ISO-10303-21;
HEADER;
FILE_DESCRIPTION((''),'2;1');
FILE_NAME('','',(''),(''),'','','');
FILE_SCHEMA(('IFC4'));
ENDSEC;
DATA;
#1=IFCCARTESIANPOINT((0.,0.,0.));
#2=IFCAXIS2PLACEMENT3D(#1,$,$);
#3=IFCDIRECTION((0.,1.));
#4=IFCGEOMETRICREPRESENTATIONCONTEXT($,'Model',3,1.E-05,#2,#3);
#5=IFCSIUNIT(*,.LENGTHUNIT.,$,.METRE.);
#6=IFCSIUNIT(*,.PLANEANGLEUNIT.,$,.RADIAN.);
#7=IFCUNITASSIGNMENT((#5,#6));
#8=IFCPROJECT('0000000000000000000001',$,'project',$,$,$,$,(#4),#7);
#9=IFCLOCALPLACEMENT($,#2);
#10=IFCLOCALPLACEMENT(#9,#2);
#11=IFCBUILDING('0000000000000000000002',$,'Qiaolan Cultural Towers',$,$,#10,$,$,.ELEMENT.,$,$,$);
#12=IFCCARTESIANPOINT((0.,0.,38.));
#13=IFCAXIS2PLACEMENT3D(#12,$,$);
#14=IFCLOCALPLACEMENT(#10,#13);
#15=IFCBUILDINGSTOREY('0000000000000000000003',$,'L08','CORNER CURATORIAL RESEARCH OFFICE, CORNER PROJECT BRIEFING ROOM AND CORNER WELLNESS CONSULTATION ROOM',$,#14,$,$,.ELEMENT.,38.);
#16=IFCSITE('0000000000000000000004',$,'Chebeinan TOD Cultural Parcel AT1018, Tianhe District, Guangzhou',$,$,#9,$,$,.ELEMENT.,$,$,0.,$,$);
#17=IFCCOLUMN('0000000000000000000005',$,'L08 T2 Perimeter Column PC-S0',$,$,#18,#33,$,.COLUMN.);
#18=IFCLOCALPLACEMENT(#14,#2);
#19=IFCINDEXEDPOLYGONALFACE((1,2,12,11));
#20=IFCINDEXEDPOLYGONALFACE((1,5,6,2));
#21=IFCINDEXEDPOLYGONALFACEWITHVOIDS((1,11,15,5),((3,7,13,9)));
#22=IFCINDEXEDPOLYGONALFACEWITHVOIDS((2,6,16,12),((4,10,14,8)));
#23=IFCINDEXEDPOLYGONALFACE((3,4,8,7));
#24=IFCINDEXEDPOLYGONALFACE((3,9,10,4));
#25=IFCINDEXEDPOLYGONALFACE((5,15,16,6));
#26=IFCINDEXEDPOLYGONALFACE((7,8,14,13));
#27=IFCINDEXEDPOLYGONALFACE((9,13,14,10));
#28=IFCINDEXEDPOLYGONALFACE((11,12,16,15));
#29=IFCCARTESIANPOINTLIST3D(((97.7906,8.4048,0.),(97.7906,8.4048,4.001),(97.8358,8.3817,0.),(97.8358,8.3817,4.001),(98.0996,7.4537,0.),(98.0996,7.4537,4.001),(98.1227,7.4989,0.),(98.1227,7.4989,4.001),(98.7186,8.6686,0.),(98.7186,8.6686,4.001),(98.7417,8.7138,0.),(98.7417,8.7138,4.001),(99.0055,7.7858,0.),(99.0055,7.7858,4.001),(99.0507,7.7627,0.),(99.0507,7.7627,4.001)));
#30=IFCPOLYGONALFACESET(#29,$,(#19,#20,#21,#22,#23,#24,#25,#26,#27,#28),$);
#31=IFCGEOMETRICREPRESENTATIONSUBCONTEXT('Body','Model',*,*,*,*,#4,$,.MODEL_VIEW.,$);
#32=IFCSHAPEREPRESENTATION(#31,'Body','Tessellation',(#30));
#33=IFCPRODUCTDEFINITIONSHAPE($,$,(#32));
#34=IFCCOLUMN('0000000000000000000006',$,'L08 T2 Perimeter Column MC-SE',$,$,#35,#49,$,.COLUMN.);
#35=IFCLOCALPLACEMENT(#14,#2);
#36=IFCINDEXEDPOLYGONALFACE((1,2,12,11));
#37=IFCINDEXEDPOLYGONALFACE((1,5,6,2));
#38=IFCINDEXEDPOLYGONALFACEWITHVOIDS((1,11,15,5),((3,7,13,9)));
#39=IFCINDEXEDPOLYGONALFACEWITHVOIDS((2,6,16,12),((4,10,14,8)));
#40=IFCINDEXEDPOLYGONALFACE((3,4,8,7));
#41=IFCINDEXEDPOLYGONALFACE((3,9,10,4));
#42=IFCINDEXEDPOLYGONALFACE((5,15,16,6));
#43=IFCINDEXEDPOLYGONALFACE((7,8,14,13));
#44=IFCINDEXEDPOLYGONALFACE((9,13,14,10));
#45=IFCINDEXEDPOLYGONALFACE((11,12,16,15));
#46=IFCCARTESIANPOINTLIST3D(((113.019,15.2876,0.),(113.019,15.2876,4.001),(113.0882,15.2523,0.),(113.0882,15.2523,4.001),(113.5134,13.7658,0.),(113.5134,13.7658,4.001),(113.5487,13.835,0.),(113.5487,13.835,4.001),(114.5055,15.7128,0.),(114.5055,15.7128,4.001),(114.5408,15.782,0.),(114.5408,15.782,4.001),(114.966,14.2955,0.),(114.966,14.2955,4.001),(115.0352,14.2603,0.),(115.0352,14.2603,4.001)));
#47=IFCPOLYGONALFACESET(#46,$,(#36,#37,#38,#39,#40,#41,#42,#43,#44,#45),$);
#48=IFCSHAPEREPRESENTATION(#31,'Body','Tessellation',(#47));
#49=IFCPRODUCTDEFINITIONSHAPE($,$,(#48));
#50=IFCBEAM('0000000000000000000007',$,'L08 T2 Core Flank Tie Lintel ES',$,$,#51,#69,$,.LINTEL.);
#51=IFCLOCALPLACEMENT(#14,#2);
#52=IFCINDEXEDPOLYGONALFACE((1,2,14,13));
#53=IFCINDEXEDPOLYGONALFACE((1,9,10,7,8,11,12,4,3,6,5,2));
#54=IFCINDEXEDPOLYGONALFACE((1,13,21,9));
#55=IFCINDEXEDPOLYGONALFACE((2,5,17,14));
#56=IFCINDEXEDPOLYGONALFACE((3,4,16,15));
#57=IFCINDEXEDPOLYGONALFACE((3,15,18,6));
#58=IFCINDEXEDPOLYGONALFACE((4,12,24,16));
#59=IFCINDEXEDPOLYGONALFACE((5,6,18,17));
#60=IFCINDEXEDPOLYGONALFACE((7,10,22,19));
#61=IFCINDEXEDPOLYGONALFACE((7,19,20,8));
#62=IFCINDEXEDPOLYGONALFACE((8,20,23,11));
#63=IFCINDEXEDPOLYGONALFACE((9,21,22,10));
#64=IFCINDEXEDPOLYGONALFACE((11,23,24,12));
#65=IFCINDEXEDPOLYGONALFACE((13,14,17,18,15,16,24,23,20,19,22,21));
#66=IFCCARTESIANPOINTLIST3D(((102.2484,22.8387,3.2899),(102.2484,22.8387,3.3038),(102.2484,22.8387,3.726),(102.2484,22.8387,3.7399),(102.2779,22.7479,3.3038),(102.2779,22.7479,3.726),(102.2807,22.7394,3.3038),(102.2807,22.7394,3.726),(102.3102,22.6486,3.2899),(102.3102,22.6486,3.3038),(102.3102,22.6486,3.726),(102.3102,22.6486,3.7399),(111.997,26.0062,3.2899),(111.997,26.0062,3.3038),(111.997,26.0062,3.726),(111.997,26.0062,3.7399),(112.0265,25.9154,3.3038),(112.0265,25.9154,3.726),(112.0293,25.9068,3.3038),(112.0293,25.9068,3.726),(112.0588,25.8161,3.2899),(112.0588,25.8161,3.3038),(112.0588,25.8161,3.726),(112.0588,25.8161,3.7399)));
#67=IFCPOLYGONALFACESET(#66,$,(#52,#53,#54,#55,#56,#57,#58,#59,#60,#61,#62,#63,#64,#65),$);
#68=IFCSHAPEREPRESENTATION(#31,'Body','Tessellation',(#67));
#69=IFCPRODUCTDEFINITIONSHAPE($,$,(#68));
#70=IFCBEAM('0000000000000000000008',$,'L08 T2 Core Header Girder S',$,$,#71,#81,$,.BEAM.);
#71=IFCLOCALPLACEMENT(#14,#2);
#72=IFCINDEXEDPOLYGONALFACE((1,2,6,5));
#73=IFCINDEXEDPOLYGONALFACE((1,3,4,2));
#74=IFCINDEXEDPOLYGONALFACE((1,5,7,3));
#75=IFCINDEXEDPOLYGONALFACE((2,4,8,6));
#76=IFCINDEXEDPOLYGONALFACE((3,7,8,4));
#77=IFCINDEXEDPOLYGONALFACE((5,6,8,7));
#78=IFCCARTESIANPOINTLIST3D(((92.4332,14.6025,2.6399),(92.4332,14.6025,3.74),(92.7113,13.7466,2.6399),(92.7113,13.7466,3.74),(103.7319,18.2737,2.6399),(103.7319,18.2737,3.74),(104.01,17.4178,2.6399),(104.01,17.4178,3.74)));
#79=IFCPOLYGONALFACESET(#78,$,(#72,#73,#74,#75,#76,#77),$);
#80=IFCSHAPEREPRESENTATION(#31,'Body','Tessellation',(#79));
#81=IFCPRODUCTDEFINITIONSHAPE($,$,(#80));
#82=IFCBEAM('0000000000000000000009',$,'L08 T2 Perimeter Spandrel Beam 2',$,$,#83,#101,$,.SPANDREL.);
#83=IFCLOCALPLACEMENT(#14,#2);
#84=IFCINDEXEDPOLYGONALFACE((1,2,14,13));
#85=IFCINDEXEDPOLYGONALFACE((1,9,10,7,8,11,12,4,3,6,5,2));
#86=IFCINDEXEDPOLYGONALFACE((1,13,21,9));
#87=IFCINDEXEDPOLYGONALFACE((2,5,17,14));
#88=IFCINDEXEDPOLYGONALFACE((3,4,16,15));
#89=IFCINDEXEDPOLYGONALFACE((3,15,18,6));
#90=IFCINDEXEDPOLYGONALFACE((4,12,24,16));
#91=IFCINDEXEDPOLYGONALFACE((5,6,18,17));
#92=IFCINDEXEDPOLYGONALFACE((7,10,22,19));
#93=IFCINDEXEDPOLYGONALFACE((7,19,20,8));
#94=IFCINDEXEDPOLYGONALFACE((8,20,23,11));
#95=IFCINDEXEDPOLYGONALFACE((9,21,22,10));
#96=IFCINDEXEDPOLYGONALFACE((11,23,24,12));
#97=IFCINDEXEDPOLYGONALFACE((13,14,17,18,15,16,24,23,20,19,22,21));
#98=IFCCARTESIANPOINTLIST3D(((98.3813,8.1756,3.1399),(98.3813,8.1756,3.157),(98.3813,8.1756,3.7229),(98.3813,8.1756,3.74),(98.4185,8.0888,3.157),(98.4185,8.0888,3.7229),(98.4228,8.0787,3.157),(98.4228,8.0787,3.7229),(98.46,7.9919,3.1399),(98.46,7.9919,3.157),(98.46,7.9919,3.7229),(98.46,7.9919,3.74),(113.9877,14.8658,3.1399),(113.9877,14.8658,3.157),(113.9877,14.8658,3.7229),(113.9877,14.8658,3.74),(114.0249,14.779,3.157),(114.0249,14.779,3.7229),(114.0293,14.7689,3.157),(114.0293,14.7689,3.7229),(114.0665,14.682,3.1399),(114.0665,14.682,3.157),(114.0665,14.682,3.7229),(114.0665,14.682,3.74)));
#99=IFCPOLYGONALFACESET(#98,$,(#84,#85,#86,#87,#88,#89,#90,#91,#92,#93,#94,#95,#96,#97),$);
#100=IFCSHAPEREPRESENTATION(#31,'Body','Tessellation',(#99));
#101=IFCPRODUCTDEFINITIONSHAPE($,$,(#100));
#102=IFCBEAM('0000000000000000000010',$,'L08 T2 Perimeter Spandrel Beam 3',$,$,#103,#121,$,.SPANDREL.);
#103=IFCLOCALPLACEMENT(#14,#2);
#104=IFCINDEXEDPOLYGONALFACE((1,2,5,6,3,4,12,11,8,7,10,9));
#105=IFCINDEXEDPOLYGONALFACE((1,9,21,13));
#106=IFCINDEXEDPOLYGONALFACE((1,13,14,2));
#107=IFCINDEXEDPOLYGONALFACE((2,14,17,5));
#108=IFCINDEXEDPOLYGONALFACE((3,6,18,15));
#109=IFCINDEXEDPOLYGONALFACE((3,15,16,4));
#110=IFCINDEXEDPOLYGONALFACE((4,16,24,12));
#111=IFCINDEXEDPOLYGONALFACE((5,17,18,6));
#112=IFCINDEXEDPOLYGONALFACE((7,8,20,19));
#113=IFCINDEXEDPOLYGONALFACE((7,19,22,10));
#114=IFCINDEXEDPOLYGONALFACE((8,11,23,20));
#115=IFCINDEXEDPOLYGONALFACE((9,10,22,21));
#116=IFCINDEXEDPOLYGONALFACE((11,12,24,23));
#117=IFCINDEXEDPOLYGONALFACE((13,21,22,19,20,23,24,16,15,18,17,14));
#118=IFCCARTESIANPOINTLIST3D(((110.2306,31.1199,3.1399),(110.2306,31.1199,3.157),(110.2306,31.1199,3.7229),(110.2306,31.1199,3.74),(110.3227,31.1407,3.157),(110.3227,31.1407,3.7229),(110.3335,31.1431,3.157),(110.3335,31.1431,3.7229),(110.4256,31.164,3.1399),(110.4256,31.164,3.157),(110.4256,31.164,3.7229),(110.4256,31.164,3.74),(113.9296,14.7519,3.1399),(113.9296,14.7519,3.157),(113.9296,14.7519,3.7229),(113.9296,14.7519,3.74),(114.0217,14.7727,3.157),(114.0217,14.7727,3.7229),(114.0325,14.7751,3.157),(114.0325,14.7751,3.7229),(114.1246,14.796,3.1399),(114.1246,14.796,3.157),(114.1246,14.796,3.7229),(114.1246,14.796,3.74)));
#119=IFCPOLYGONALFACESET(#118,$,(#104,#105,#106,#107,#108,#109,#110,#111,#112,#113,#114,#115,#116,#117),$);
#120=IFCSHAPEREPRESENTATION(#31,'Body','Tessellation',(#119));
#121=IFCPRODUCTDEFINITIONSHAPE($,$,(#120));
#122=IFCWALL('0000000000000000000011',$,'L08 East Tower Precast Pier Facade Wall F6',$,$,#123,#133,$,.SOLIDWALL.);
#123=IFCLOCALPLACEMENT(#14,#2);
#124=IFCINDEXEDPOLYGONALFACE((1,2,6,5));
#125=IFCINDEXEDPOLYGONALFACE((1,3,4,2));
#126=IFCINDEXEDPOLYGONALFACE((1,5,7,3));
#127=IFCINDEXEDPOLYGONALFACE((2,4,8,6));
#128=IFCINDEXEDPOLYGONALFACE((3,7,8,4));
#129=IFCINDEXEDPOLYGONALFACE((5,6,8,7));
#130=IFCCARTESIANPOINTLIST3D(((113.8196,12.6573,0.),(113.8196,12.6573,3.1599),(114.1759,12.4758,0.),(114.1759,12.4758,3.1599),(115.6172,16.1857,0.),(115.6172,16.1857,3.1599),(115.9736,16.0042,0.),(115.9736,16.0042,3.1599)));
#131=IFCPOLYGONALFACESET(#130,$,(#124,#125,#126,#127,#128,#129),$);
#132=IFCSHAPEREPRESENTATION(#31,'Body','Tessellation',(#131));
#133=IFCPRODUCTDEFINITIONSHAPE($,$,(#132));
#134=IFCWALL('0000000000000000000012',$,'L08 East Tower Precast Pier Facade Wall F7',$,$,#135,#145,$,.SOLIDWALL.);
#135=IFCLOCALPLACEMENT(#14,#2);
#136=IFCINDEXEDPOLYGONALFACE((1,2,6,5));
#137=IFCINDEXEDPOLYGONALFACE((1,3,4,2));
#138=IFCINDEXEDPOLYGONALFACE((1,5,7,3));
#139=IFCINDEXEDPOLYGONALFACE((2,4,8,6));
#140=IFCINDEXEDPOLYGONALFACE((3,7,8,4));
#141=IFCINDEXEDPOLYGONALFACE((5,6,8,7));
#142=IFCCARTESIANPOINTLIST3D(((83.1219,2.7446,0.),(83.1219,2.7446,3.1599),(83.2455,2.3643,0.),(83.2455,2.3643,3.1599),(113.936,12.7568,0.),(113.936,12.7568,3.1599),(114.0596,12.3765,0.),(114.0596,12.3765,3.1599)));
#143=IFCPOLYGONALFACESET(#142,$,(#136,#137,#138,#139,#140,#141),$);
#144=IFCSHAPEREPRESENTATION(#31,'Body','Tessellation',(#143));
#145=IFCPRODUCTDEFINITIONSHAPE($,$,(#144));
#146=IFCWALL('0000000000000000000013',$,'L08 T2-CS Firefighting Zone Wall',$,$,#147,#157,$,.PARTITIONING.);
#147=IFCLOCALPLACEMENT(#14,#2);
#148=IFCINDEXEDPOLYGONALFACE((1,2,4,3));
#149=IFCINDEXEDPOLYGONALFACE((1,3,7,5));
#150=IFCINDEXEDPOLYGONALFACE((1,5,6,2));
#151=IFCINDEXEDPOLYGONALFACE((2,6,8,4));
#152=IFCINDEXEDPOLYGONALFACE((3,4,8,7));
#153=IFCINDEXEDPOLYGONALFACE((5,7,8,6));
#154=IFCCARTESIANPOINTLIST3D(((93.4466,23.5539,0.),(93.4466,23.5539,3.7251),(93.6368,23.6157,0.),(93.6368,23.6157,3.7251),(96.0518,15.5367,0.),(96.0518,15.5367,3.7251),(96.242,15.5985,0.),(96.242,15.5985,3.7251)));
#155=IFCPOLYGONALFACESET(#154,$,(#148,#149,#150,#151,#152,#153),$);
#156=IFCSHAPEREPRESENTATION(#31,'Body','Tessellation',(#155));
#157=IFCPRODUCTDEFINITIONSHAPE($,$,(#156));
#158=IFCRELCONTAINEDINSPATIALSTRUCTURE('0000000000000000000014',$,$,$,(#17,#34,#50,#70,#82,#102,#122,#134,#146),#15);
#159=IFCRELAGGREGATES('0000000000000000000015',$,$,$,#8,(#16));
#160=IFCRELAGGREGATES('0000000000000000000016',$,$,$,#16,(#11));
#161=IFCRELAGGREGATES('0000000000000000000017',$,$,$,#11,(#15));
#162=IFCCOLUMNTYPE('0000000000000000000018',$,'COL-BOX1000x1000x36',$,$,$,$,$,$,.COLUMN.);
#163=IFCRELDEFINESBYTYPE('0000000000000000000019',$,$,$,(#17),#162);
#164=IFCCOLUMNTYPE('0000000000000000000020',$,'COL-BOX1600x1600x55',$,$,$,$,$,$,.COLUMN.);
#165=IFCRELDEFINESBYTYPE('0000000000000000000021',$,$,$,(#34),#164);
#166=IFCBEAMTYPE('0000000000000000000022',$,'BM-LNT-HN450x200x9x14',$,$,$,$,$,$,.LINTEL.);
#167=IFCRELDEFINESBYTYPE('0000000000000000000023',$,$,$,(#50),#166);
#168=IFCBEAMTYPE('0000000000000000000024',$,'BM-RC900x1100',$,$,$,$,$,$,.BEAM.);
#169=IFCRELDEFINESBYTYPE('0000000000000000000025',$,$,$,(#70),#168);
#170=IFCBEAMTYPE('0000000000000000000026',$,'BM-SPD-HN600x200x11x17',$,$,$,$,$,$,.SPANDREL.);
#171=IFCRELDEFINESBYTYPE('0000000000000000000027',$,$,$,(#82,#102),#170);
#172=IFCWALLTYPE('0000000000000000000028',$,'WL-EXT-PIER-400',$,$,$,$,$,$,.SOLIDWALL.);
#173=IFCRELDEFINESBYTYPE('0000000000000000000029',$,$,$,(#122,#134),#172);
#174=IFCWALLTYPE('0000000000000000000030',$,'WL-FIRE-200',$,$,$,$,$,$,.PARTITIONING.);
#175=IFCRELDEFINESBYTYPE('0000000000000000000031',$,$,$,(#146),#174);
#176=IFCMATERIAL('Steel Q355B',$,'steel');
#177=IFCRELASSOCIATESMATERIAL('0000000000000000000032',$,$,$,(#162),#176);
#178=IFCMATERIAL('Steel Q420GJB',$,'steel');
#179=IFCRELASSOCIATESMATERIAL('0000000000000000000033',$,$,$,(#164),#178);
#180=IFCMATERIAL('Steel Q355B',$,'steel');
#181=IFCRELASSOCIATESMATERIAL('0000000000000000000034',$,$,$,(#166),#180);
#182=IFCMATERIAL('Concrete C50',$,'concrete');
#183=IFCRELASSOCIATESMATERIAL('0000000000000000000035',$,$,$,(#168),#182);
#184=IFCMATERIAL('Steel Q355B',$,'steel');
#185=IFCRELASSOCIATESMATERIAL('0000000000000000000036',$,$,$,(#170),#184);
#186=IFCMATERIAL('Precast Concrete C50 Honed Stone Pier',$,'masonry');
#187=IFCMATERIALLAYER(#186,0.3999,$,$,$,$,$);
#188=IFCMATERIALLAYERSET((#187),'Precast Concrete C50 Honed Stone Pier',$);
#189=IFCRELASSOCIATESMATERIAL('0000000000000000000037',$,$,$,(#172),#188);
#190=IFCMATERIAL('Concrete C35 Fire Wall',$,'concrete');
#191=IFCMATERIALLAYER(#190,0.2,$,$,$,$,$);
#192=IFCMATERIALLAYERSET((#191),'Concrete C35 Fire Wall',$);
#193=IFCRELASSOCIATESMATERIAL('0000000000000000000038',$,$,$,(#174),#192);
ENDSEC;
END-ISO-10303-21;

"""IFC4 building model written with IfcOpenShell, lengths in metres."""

from ifc_helpers import new_model, si_unit, direction, frame, frame_2d, origin, origin_2d, place, context, subcontext, project, spatial, rectangle, hollow_rectangle, i_section, extrude, material, layer, layer_set, material_profile, profile_set, type_object, element, save


model = new_model("IFC4")

# Units and contexts
model_context = context("Model", 3, precision=1e-05, world=origin(), true_north=direction((0.0, 1.0)))
body_context = subcontext(model_context, "Body", "Model", "MODEL_VIEW")
ifc_project = project(units=[si_unit("LENGTHUNIT", "METRE"), si_unit("PLANEANGLEUNIT", "RADIAN")], contexts=[model_context])

# Site, building, storey
site_placement = place(None, origin())
site = spatial("IfcSite", under=ifc_project, at=site_placement, Name="Chebeinan TOD Cultural Parcel AT1018, Tianhe District, Guangzhou", CompositionType="ELEMENT", RefElevation=0.0)
building_placement = place(site_placement, origin())
building = spatial("IfcBuilding", under=site, at=building_placement, Name="Qiaolan Cultural Towers", CompositionType="ELEMENT")
storey_placement = place(building_placement, frame((0.0, 0.0, 38.0)))
storey = spatial("IfcBuildingStorey", under=building, at=storey_placement, Name="L08", Description="CORNER CURATORIAL RESEARCH OFFICE, CORNER PROJECT BRIEFING ROOM AND CORNER WELLNESS CONSULTATION ROOM", CompositionType="ELEMENT", Elevation=38.0)

# Columns
ifc_material_1 = material(Name="Steel Q355B", Category="steel")
ifc_material_profile_1 = material_profile(ifc_material_1, hollow_rectangle(XDim=1.0, YDim=1.0, WallThickness=0.0359, at=origin_2d()), Name="BOX1000x1000x36")
ifc_profile_set_1 = profile_set([ifc_material_profile_1], Name="Steel Q355B")
column_type_1 = type_object("IfcColumnType", Name="COL-BOX1000x1000x36", PredefinedType="COLUMN", material=ifc_profile_set_1)
column_1_placement = place(storey_placement, frame((98.4207, 8.0837, 0.0), z_axis=(0.0, 0.0, 1.0), x_axis=(0.951057, 0.309017, 0.0)))
element("IfcColumn", 1, at=column_1_placement, inside=storey, type_object=column_type_1, Name="L08 T2 Perimeter Column PC-S0", PredefinedType="COLUMN", context=body_context, shape_type="SweptSolid", body=[
    extrude(hollow_rectangle(XDim=1.0, YDim=1.0, WallThickness=0.0359, at=origin_2d()), origin(), (0.0, 0.0, 1.0), 4.001),
])
ifc_material_2 = material(Name="Steel Q420GJB", Category="steel")
ifc_material_profile_2 = material_profile(ifc_material_2, hollow_rectangle(XDim=1.6001, YDim=1.6001, WallThickness=0.0549, at=origin_2d()), Name="BOX1600x1600x55")
ifc_profile_set_2 = profile_set([ifc_material_profile_2], Name="Steel Q420GJB")
column_type_2 = type_object("IfcColumnType", Name="COL-BOX1600x1600x55", PredefinedType="COLUMN", material=ifc_profile_set_2)
column_2_placement = place(storey_placement, frame((114.0271, 14.7739, 0.0), z_axis=(0.0, 0.0, 1.0), x_axis=(0.951057, 0.309017, 0.0)))
element("IfcColumn", 2, at=column_2_placement, inside=storey, type_object=column_type_2, Name="L08 T2 Perimeter Column MC-SE", PredefinedType="COLUMN", context=body_context, shape_type="SweptSolid", body=[
    extrude(hollow_rectangle(XDim=1.6001, YDim=1.6001, WallThickness=0.0549, at=origin_2d()), origin(), (0.0, 0.0, 1.0), 4.001),
])

# Beams
ifc_material_3 = material(Name="Steel Q355B", Category="steel")
ifc_material_profile_3 = material_profile(ifc_material_3, i_section(OverallWidth=0.2, OverallDepth=0.45, WebThickness=0.009, FlangeThickness=0.0139, at=origin_2d()), Name="HN450x200x9x14")
ifc_profile_set_3 = profile_set([ifc_material_profile_3], Name="Steel Q355B")
beam_type_1 = type_object("IfcBeamType", Name="BM-LNT-HN450x200x9x14", PredefinedType="LINTEL", material=ifc_profile_set_3)
beam_1_placement = place(storey_placement, frame((102.2793, 22.7437, 3.5149), z_axis=(0.951057, 0.309016, 0.0), x_axis=(-0.309016, 0.951057, 0.0)))
element("IfcBeam", 3, at=beam_1_placement, inside=storey, type_object=beam_type_1, Name="L08 T2 Core Flank Tie Lintel ES", PredefinedType="LINTEL", context=body_context, shape_type="SweptSolid", body=[
    extrude(i_section(OverallWidth=0.2, OverallDepth=0.45, WebThickness=0.009, FlangeThickness=0.0139, at=origin_2d()), origin(), (0.0, 0.0, 1.0), 10.2502),
])
ifc_material_4 = material(Name="Concrete C50", Category="concrete")
ifc_material_profile_4 = material_profile(ifc_material_4, rectangle(XDim=0.8999, YDim=1.1001, at=origin_2d()), Name="RC900x1100")
ifc_profile_set_4 = profile_set([ifc_material_profile_4], Name="Concrete C50")
beam_type_2 = type_object("IfcBeamType", Name="BM-RC900x1100", PredefinedType="BEAM", material=ifc_profile_set_4)
beam_2_placement = place(storey_placement, frame((92.5723, 14.1746, 3.1899), z_axis=(0.951056, 0.309018, 0.0), x_axis=(-0.309018, 0.951056, 0.0)))
element("IfcBeam", 4, at=beam_2_placement, inside=storey, type_object=beam_type_2, Name="L08 T2 Core Header Girder S", PredefinedType="BEAM", context=body_context, shape_type="SweptSolid", body=[
    extrude(rectangle(XDim=0.8999, YDim=1.1001, at=origin_2d()), origin(), (0.0, 0.0, 1.0), 11.8801),
])
ifc_material_5 = material(Name="Steel Q355B", Category="steel")
ifc_material_profile_5 = material_profile(ifc_material_5, i_section(OverallWidth=0.2, OverallDepth=0.6001, WebThickness=0.011, FlangeThickness=0.0171, at=origin_2d()), Name="HN600x200x11x17")
ifc_profile_set_5 = profile_set([ifc_material_profile_5], Name="Steel Q355B")
beam_type_3 = type_object("IfcBeamType", Name="BM-SPD-HN600x200x11x17", PredefinedType="SPANDREL", material=ifc_profile_set_5)
beam_3_placement = place(storey_placement, frame((98.4207, 8.0837, 3.4399), z_axis=(0.919109, 0.394004, 0.0), x_axis=(-0.394004, 0.919109, 0.0)))
element("IfcBeam", 5, at=beam_3_placement, inside=storey, type_object=beam_type_3, Name="L08 T2 Perimeter Spandrel Beam 2", PredefinedType="SPANDREL", context=body_context, shape_type="SweptSolid", body=[
    extrude(i_section(OverallWidth=0.2, OverallDepth=0.6001, WebThickness=0.011, FlangeThickness=0.0171, at=origin_2d()), origin(), (0.0, 0.0, 1.0), 16.98),
])
beam_4_placement = place(storey_placement, frame((114.0271, 14.7739, 3.4399), z_axis=(-0.220431, 0.975403, 0.0), x_axis=(-0.975403, -0.220431, 0.0)))
element("IfcBeam", 6, at=beam_4_placement, inside=storey, type_object=beam_type_3, Name="L08 T2 Perimeter Spandrel Beam 3", PredefinedType="SPANDREL", context=body_context, shape_type="SweptSolid", body=[
    extrude(i_section(OverallWidth=0.2, OverallDepth=0.6001, WebThickness=0.011, FlangeThickness=0.0171, at=origin_2d()), origin(), (0.0, 0.0, 1.0), 16.7808),
])

# Walls
ifc_material_6 = material(Name="Precast Concrete C50 Honed Stone Pier", Category="masonry")
ifc_layer_1 = layer(ifc_material_6, 0.3999)
ifc_layer_set_1 = layer_set([ifc_layer_1], Name="Precast Concrete C50 Honed Stone Pier")
wall_type_1 = type_object("IfcWallType", Name="WL-EXT-PIER-400", PredefinedType="SOLIDWALL", material=ifc_layer_set_1)
wall_1_placement = place(storey_placement, frame((115.7954, 16.095, 0.0), z_axis=(0.0, 0.0, 1.0), x_axis=(-0.453958, -0.891023, 0.0)))
element("IfcWall", 7, at=wall_1_placement, inside=storey, type_object=wall_type_1, Name="L08 East Tower Precast Pier Facade Wall F6", PredefinedType="SOLIDWALL", context=body_context, shape_type="SweptSolid", body=[
    extrude(rectangle(XDim=3.96, YDim=0.3999, at=frame_2d((1.98, 0.0))), origin(), (0.0, 0.0, 1.0), 3.1599),
])
wall_2_placement = place(storey_placement, frame((113.9978, 12.5667, 0.0), z_axis=(0.0, 0.0, 1.0), x_axis=(-0.951056, -0.309019, 0.0)))
element("IfcWall", 8, at=wall_2_placement, inside=storey, type_object=wall_type_1, Name="L08 East Tower Precast Pier Facade Wall F7", PredefinedType="SOLIDWALL", context=body_context, shape_type="SweptSolid", body=[
    extrude(rectangle(XDim=32.3999, YDim=0.3999, at=frame_2d((16.2, 0.0))), origin(), (0.0, 0.0, 1.0), 3.1599),
])
ifc_material_7 = material(Name="Concrete C35 Fire Wall", Category="concrete")
ifc_layer_2 = layer(ifc_material_7, 0.2)
ifc_layer_set_2 = layer_set([ifc_layer_2], Name="Concrete C35 Fire Wall")
wall_type_2 = type_object("IfcWallType", Name="WL-FIRE-200", PredefinedType="PARTITIONING", material=ifc_layer_set_2)
wall_3_placement = place(storey_placement, frame((93.5417, 23.5847, 0.0), z_axis=(0.0, 0.0, 1.0), x_axis=(0.309042, -0.951048, 0.0)))
element("IfcWall", 9, at=wall_3_placement, inside=storey, type_object=wall_type_2, Name="L08 T2-CS Firefighting Zone Wall", PredefinedType="PARTITIONING", context=body_context, shape_type="SweptSolid", body=[
    extrude(rectangle(XDim=8.4299, YDim=0.2, at=frame_2d((4.2148, 0.0))), origin(), (0.0, 0.0, 1.0), 3.7251),
])

save(model, "model.ifc")
